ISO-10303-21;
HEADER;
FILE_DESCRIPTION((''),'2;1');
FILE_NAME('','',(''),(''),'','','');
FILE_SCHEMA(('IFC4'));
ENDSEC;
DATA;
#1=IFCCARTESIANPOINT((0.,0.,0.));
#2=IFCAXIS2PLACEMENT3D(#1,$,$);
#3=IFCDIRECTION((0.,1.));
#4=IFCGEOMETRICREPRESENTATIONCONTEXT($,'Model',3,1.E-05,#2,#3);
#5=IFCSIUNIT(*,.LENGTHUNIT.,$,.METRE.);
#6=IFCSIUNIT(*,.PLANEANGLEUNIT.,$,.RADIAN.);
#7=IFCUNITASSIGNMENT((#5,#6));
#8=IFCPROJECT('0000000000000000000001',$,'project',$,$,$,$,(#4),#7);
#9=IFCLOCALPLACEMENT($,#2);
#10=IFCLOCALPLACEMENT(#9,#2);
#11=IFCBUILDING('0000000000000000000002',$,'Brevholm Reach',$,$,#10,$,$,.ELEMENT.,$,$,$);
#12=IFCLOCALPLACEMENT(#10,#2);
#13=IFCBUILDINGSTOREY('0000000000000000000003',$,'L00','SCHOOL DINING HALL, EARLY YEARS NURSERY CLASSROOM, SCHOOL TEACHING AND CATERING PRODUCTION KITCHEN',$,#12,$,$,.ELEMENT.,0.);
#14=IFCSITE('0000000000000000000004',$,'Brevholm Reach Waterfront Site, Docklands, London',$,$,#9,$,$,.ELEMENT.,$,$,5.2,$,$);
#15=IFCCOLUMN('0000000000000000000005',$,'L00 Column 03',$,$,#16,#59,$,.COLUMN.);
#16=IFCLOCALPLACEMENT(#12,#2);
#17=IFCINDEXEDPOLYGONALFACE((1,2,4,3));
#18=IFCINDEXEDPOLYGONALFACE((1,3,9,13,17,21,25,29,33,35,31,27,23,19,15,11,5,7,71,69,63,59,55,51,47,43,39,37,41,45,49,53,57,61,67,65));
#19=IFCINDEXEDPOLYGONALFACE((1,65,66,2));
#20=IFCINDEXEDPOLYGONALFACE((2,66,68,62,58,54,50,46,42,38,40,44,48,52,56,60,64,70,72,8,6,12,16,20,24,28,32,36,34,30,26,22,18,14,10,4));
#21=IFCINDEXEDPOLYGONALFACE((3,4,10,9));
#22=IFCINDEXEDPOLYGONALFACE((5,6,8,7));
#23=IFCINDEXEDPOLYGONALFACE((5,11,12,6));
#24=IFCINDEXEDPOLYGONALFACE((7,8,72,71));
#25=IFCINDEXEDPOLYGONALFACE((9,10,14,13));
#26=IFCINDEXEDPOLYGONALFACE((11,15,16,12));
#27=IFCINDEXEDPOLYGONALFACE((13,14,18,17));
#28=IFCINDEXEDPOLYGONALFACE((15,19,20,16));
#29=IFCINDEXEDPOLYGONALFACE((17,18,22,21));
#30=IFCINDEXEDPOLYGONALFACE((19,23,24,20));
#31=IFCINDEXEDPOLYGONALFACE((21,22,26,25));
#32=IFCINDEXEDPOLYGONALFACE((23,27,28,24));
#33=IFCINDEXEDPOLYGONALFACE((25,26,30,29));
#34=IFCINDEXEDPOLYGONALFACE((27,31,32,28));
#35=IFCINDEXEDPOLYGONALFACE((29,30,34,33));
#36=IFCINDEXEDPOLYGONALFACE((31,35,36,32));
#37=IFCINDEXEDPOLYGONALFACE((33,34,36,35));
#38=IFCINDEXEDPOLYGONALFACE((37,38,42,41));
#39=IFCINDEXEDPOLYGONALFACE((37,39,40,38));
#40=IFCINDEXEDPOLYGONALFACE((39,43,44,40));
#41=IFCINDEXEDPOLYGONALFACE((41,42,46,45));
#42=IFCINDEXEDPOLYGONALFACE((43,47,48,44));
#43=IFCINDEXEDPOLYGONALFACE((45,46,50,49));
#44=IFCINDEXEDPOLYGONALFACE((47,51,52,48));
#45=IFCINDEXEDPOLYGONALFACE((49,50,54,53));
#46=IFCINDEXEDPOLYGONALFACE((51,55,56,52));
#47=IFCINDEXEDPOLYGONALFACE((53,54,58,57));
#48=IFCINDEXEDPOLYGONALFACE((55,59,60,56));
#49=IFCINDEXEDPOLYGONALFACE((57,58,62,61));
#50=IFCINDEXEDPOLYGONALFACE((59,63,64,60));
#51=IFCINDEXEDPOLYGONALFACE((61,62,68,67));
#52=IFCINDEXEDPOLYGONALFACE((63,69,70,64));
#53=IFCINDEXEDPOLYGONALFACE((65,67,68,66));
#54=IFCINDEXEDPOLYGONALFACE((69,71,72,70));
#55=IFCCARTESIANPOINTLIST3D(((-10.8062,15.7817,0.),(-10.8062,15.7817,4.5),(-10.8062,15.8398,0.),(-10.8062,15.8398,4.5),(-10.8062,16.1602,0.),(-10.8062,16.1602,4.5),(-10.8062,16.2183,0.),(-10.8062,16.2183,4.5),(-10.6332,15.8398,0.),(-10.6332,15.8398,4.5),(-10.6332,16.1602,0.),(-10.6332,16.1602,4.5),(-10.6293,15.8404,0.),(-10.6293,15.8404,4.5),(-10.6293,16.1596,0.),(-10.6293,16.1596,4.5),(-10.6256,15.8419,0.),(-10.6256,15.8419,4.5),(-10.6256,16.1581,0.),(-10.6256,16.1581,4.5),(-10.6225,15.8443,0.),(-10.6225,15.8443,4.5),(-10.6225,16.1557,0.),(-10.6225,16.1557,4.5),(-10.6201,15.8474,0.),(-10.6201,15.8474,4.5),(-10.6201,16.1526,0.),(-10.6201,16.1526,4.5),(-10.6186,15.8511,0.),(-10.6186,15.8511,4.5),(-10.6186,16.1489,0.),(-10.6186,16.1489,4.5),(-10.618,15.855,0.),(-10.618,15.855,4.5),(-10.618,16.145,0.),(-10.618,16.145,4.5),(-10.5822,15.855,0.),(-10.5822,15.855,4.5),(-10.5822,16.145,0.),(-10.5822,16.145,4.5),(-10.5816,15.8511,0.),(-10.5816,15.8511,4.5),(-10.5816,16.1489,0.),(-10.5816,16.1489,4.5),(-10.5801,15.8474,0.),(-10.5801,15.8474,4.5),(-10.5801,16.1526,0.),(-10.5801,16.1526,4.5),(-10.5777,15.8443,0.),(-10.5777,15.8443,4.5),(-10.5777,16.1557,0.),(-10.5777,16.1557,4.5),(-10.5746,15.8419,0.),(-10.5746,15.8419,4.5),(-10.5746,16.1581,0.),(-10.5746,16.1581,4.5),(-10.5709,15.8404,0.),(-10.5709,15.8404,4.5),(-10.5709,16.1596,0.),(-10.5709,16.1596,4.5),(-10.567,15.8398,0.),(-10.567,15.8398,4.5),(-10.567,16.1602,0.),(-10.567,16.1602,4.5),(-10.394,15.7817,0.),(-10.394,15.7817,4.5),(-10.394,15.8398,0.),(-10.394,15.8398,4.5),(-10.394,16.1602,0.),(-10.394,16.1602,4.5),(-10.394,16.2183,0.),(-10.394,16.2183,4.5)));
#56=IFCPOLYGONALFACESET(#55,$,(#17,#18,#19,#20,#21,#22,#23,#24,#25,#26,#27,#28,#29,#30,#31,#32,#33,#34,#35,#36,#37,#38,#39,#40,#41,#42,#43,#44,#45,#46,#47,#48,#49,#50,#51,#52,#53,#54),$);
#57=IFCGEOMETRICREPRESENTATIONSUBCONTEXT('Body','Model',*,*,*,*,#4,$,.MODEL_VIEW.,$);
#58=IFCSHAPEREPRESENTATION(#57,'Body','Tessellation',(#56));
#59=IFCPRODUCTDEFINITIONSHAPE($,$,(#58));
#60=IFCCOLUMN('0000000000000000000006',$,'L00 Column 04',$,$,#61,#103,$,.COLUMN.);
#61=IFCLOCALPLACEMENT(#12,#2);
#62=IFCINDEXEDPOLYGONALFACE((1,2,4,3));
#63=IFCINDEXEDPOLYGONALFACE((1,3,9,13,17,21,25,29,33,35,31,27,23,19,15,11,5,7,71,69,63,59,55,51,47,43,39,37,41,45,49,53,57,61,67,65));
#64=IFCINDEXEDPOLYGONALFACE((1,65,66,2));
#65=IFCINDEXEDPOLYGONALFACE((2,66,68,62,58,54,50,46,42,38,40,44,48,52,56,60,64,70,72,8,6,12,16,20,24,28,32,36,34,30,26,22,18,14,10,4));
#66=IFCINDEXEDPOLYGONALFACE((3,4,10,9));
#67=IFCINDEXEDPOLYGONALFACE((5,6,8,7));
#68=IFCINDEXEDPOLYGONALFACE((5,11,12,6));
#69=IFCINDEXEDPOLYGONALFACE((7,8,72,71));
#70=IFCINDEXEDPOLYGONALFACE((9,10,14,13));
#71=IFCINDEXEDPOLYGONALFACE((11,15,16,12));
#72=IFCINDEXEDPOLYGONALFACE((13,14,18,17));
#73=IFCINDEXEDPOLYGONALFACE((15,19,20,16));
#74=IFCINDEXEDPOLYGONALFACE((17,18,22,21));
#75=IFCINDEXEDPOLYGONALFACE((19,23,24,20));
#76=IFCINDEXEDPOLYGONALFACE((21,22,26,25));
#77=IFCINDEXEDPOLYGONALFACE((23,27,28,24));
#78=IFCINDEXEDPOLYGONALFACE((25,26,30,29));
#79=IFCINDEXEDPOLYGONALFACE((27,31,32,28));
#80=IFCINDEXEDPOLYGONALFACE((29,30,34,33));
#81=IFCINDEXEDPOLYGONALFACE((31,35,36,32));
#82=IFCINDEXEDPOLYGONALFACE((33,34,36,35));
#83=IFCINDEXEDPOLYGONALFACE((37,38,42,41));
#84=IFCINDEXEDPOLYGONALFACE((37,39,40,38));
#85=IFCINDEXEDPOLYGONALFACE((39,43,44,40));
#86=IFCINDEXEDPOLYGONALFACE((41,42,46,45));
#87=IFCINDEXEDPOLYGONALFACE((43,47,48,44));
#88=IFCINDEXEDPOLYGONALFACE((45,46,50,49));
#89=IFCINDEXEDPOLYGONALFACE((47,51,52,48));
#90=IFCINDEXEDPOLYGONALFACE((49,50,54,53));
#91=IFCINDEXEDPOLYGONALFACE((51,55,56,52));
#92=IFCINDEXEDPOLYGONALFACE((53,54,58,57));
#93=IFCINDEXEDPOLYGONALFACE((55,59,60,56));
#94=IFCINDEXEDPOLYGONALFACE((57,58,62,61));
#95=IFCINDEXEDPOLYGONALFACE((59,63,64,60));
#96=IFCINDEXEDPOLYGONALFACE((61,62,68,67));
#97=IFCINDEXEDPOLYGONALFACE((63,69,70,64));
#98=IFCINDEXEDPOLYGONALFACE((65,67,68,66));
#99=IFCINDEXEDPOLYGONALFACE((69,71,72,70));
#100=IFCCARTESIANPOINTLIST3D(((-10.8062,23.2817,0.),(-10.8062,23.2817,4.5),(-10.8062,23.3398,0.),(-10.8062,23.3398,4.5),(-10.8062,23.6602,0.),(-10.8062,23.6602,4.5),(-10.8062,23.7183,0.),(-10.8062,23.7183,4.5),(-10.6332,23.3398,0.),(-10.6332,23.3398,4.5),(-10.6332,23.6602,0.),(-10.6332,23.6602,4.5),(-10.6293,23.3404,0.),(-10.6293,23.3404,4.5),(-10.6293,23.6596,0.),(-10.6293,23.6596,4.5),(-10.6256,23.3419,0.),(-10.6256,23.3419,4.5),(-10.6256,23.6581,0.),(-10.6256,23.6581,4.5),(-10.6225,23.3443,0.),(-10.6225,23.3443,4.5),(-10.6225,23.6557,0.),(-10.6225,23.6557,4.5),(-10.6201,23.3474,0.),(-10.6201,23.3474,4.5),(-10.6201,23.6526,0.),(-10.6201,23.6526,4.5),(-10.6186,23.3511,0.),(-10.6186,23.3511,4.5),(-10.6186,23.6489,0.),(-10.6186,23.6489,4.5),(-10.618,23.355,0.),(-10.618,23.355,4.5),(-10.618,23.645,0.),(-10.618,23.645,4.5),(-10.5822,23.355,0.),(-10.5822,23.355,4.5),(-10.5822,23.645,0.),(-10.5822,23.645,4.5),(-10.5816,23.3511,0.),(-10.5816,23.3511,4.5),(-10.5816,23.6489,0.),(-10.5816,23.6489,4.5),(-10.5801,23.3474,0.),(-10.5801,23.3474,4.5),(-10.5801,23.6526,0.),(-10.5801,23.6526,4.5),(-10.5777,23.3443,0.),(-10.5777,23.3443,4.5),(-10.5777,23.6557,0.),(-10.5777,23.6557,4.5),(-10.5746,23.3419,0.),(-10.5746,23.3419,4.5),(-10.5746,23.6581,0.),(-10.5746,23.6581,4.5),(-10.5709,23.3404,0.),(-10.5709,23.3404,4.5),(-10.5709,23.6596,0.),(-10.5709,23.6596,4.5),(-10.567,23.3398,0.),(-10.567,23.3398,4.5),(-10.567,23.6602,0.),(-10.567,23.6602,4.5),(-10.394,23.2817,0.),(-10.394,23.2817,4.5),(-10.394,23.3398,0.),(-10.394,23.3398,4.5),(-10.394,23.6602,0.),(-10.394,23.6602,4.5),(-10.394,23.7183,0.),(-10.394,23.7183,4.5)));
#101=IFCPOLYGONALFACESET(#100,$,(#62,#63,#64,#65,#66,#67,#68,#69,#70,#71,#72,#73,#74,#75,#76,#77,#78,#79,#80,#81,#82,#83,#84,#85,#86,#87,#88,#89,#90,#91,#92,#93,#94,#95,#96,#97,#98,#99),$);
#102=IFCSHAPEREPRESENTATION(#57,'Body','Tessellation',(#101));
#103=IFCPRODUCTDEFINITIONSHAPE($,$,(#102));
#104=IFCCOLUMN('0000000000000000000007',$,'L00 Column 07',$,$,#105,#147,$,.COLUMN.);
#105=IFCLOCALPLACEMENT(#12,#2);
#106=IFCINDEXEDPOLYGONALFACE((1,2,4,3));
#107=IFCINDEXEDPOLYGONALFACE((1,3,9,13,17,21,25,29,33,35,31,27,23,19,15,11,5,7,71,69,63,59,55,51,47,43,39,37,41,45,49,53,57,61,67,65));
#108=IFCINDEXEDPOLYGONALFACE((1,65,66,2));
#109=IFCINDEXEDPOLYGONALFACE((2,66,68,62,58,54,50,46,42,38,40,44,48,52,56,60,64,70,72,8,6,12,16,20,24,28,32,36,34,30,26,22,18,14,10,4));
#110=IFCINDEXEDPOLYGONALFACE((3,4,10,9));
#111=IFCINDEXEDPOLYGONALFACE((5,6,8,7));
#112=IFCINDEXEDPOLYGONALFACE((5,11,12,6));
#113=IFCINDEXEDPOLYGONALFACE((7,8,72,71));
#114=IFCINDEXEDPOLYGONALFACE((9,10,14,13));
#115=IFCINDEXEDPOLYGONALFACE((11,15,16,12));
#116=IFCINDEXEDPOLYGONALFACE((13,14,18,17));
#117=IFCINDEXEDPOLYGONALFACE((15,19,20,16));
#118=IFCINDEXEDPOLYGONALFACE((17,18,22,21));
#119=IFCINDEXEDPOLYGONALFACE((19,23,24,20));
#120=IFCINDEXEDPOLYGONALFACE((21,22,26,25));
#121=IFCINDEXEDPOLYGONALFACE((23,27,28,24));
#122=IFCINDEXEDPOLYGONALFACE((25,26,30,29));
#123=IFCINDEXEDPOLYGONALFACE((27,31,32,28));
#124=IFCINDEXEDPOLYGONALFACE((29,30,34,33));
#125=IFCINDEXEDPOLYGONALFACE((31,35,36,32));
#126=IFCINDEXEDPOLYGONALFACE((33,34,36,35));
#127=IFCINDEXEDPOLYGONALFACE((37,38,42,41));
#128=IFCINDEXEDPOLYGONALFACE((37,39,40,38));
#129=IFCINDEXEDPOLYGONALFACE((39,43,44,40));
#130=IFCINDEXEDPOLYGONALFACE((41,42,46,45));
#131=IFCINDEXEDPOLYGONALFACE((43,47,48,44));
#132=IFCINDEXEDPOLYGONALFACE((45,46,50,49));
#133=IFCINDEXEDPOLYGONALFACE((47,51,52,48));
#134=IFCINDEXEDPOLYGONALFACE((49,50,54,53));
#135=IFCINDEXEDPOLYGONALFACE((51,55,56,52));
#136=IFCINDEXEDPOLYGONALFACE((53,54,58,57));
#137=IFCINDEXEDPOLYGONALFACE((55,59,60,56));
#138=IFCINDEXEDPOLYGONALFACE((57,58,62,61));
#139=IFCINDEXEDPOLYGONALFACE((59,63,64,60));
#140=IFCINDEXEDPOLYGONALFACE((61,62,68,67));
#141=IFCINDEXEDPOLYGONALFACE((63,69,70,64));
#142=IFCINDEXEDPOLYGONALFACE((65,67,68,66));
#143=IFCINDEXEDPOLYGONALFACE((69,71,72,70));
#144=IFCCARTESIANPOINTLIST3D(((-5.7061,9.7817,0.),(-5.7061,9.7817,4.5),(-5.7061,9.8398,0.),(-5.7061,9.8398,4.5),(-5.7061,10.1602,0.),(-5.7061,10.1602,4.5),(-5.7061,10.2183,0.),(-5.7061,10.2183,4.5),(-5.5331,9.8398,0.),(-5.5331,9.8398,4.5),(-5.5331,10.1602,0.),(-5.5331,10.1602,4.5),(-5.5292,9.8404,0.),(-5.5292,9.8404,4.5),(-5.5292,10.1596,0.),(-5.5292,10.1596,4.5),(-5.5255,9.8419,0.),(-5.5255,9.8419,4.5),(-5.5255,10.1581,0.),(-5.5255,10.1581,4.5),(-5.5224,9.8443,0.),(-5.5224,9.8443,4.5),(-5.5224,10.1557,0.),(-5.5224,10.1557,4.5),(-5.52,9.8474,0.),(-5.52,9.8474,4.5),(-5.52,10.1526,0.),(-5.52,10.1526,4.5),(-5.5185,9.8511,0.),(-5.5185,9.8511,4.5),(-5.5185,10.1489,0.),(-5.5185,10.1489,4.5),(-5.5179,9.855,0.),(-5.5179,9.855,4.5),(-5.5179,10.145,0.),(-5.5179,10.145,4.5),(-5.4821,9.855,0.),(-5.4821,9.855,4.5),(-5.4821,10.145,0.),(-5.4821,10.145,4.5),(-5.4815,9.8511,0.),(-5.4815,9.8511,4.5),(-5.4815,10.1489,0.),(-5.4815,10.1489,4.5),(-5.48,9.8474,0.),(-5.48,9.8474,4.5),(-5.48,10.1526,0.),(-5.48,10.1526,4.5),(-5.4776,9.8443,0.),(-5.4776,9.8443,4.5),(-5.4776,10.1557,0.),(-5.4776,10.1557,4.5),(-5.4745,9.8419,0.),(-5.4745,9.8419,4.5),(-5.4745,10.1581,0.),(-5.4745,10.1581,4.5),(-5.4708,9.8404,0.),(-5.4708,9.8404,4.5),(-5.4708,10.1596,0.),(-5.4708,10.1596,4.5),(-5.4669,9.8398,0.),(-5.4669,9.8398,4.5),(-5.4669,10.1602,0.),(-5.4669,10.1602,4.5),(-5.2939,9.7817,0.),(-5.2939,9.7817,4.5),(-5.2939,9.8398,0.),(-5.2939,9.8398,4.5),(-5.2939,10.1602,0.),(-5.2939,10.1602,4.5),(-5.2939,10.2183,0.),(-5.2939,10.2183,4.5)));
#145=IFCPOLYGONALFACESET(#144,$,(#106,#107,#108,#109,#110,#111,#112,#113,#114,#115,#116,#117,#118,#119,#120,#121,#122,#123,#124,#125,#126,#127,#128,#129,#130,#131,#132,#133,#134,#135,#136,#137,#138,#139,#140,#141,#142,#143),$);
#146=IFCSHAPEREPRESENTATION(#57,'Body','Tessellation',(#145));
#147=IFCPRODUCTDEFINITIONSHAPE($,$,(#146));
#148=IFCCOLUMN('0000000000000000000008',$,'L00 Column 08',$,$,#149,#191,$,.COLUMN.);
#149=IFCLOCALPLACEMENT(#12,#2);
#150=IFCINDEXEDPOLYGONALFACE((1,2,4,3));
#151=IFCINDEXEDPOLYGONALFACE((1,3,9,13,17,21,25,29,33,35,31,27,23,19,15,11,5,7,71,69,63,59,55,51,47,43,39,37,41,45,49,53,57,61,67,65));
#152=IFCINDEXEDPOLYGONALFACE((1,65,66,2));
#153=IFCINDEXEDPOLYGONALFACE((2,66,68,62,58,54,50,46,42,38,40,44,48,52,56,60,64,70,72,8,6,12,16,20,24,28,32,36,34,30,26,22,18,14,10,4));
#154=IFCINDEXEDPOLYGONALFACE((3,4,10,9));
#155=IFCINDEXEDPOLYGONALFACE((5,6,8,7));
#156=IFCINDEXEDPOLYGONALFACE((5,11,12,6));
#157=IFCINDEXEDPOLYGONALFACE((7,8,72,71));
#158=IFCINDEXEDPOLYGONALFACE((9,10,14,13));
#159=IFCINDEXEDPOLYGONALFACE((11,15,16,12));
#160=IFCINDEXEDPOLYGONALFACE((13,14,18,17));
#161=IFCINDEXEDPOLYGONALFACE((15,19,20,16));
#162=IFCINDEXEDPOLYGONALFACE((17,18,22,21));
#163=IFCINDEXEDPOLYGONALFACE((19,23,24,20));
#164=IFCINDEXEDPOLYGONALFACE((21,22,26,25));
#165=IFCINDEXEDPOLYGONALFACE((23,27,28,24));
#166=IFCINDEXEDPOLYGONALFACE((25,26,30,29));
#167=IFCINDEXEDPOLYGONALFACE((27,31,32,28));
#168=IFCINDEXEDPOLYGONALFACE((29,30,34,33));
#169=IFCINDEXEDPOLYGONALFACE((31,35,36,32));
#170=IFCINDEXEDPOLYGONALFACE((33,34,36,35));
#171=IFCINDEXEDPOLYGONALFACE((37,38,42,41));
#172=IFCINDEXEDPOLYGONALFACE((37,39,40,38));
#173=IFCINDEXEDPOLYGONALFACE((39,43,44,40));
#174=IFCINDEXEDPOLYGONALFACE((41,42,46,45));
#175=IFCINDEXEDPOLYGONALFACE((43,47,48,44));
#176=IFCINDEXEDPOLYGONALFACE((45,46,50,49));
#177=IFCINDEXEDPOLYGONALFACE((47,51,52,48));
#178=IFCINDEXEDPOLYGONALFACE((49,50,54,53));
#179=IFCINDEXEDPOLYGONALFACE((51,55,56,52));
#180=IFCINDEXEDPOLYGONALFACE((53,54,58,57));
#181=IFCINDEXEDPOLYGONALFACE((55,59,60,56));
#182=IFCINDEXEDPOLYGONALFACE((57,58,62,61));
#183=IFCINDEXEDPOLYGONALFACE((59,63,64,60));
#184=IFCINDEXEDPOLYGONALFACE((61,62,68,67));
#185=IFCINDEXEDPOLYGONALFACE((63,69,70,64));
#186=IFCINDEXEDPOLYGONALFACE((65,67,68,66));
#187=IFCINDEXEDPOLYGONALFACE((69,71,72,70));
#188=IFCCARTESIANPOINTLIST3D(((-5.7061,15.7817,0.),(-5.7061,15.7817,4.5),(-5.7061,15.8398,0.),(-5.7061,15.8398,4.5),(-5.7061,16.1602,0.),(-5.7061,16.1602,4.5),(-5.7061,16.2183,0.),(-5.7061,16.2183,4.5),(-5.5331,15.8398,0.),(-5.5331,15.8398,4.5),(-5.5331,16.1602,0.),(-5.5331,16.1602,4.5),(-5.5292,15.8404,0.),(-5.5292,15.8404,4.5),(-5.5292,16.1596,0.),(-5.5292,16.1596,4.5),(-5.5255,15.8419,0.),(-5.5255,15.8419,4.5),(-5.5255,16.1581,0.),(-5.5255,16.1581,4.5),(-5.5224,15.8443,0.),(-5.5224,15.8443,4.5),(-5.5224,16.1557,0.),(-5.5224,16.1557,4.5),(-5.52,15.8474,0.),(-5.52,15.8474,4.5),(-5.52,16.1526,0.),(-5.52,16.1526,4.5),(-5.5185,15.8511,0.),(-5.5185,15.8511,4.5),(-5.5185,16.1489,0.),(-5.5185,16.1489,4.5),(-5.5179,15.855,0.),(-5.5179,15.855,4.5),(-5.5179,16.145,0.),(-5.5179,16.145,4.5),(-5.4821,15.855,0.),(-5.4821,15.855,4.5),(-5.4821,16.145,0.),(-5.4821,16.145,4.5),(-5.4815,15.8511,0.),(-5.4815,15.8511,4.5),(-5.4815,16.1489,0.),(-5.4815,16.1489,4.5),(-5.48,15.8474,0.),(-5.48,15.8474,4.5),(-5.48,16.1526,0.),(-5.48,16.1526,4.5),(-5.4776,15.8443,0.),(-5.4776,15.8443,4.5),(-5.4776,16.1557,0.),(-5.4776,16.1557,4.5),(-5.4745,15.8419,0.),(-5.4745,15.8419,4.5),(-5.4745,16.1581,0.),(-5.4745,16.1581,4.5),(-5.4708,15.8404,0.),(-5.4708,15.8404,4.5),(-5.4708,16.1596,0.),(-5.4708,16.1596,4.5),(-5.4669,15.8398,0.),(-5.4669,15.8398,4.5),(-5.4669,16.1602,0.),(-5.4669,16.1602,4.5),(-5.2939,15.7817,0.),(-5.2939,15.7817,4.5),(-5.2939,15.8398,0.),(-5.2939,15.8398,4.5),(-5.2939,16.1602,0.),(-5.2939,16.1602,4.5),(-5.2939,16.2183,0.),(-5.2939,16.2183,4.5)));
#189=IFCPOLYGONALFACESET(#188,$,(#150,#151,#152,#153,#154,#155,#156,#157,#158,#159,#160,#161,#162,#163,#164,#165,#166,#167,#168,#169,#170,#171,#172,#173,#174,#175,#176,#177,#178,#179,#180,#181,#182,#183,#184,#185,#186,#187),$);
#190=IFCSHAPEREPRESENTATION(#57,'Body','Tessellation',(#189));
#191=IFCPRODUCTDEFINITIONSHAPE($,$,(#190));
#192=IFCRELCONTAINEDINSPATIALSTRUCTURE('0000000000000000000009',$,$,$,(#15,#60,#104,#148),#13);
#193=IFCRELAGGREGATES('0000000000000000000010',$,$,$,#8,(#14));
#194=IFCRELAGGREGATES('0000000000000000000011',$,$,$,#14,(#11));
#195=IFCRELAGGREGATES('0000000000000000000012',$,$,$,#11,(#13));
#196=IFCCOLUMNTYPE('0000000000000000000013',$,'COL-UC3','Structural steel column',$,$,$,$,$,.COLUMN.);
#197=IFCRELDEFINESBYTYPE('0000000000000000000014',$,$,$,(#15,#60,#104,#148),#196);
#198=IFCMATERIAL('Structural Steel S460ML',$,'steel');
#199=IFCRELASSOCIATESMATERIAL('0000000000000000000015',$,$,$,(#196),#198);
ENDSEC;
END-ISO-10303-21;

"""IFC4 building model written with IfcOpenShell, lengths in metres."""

from ifc_helpers import new_model, si_unit, direction, frame, origin, origin_2d, place, context, subcontext, project, spatial, i_section, extrude, material, material_profile, profile_set, type_object, element, save


model = new_model("IFC4")

# Units and contexts
model_context = context("Model", 3, precision=1e-05, world=origin(), true_north=direction((0.0, 1.0)))
body_context = subcontext(model_context, "Body", "Model", "MODEL_VIEW")
ifc_project = project(units=[si_unit("LENGTHUNIT", "METRE"), si_unit("PLANEANGLEUNIT", "RADIAN")], contexts=[model_context])

# Site, building, storey
site_placement = place(None, origin())
site = spatial("IfcSite", under=ifc_project, at=site_placement, Name="Brevholm Reach Waterfront Site, Docklands, London", CompositionType="ELEMENT", RefElevation=5.2)
building_placement = place(site_placement, origin())
building = spatial("IfcBuilding", under=site, at=building_placement, Name="Brevholm Reach", CompositionType="ELEMENT")
storey_placement = place(building_placement, origin())
storey = spatial("IfcBuildingStorey", under=building, at=storey_placement, Name="L00", Description="SCHOOL DINING HALL, EARLY YEARS NURSERY CLASSROOM, SCHOOL TEACHING AND CATERING PRODUCTION KITCHEN", CompositionType="ELEMENT", Elevation=0.0)

# Columns
ifc_material_1 = material(Name="Structural Steel S460ML", Category="steel")
ifc_material_profile_1 = material_profile(ifc_material_1, i_section(OverallWidth=0.4121, OverallDepth=0.4365, WebThickness=0.0359, FlangeThickness=0.0581, FilletRadius=0.0151, at=origin_2d()), Name="UKC 356x406x467")
ifc_profile_set_1 = profile_set([ifc_material_profile_1], Name="Structural Steel S460ML")
column_type_1 = type_object("IfcColumnType", Name="COL-UC3", Description="Structural steel column", PredefinedType="COLUMN", material=ifc_profile_set_1)
for number, where, z_axis, x_axis, name in (
    (1, (-10.6001, 16.0, 0.0), (0.0, 0.0, 1.0), (1.0, 0.0, 0.0), "L00 Column 03"),
    (2, (-10.6001, 23.5, 0.0), (0.0, 0.0, 1.0), (1.0, 0.0, 0.0), "L00 Column 04"),
    (3, (-5.5, 10.0, 0.0), (0.0, 0.0, 1.0), (1.0, 0.0, 0.0), "L00 Column 07"),
    (4, (-5.5, 16.0, 0.0), (0.0, 0.0, 1.0), (1.0, 0.0, 0.0), "L00 Column 08"),
):
    element("IfcColumn", number, at=place(storey_placement, frame(where, z_axis=z_axis, x_axis=x_axis)), inside=storey, type_object=column_type_1, Name=name, PredefinedType="COLUMN", context=body_context, shape_type="SweptSolid", body=[
        extrude(i_section(OverallWidth=0.4121, OverallDepth=0.4365, WebThickness=0.0359, FlangeThickness=0.0581, FilletRadius=0.0151, at=origin_2d()), origin(), (0.0, 0.0, 1.0), 4.5),
    ])

save(model, "model.ifc")
